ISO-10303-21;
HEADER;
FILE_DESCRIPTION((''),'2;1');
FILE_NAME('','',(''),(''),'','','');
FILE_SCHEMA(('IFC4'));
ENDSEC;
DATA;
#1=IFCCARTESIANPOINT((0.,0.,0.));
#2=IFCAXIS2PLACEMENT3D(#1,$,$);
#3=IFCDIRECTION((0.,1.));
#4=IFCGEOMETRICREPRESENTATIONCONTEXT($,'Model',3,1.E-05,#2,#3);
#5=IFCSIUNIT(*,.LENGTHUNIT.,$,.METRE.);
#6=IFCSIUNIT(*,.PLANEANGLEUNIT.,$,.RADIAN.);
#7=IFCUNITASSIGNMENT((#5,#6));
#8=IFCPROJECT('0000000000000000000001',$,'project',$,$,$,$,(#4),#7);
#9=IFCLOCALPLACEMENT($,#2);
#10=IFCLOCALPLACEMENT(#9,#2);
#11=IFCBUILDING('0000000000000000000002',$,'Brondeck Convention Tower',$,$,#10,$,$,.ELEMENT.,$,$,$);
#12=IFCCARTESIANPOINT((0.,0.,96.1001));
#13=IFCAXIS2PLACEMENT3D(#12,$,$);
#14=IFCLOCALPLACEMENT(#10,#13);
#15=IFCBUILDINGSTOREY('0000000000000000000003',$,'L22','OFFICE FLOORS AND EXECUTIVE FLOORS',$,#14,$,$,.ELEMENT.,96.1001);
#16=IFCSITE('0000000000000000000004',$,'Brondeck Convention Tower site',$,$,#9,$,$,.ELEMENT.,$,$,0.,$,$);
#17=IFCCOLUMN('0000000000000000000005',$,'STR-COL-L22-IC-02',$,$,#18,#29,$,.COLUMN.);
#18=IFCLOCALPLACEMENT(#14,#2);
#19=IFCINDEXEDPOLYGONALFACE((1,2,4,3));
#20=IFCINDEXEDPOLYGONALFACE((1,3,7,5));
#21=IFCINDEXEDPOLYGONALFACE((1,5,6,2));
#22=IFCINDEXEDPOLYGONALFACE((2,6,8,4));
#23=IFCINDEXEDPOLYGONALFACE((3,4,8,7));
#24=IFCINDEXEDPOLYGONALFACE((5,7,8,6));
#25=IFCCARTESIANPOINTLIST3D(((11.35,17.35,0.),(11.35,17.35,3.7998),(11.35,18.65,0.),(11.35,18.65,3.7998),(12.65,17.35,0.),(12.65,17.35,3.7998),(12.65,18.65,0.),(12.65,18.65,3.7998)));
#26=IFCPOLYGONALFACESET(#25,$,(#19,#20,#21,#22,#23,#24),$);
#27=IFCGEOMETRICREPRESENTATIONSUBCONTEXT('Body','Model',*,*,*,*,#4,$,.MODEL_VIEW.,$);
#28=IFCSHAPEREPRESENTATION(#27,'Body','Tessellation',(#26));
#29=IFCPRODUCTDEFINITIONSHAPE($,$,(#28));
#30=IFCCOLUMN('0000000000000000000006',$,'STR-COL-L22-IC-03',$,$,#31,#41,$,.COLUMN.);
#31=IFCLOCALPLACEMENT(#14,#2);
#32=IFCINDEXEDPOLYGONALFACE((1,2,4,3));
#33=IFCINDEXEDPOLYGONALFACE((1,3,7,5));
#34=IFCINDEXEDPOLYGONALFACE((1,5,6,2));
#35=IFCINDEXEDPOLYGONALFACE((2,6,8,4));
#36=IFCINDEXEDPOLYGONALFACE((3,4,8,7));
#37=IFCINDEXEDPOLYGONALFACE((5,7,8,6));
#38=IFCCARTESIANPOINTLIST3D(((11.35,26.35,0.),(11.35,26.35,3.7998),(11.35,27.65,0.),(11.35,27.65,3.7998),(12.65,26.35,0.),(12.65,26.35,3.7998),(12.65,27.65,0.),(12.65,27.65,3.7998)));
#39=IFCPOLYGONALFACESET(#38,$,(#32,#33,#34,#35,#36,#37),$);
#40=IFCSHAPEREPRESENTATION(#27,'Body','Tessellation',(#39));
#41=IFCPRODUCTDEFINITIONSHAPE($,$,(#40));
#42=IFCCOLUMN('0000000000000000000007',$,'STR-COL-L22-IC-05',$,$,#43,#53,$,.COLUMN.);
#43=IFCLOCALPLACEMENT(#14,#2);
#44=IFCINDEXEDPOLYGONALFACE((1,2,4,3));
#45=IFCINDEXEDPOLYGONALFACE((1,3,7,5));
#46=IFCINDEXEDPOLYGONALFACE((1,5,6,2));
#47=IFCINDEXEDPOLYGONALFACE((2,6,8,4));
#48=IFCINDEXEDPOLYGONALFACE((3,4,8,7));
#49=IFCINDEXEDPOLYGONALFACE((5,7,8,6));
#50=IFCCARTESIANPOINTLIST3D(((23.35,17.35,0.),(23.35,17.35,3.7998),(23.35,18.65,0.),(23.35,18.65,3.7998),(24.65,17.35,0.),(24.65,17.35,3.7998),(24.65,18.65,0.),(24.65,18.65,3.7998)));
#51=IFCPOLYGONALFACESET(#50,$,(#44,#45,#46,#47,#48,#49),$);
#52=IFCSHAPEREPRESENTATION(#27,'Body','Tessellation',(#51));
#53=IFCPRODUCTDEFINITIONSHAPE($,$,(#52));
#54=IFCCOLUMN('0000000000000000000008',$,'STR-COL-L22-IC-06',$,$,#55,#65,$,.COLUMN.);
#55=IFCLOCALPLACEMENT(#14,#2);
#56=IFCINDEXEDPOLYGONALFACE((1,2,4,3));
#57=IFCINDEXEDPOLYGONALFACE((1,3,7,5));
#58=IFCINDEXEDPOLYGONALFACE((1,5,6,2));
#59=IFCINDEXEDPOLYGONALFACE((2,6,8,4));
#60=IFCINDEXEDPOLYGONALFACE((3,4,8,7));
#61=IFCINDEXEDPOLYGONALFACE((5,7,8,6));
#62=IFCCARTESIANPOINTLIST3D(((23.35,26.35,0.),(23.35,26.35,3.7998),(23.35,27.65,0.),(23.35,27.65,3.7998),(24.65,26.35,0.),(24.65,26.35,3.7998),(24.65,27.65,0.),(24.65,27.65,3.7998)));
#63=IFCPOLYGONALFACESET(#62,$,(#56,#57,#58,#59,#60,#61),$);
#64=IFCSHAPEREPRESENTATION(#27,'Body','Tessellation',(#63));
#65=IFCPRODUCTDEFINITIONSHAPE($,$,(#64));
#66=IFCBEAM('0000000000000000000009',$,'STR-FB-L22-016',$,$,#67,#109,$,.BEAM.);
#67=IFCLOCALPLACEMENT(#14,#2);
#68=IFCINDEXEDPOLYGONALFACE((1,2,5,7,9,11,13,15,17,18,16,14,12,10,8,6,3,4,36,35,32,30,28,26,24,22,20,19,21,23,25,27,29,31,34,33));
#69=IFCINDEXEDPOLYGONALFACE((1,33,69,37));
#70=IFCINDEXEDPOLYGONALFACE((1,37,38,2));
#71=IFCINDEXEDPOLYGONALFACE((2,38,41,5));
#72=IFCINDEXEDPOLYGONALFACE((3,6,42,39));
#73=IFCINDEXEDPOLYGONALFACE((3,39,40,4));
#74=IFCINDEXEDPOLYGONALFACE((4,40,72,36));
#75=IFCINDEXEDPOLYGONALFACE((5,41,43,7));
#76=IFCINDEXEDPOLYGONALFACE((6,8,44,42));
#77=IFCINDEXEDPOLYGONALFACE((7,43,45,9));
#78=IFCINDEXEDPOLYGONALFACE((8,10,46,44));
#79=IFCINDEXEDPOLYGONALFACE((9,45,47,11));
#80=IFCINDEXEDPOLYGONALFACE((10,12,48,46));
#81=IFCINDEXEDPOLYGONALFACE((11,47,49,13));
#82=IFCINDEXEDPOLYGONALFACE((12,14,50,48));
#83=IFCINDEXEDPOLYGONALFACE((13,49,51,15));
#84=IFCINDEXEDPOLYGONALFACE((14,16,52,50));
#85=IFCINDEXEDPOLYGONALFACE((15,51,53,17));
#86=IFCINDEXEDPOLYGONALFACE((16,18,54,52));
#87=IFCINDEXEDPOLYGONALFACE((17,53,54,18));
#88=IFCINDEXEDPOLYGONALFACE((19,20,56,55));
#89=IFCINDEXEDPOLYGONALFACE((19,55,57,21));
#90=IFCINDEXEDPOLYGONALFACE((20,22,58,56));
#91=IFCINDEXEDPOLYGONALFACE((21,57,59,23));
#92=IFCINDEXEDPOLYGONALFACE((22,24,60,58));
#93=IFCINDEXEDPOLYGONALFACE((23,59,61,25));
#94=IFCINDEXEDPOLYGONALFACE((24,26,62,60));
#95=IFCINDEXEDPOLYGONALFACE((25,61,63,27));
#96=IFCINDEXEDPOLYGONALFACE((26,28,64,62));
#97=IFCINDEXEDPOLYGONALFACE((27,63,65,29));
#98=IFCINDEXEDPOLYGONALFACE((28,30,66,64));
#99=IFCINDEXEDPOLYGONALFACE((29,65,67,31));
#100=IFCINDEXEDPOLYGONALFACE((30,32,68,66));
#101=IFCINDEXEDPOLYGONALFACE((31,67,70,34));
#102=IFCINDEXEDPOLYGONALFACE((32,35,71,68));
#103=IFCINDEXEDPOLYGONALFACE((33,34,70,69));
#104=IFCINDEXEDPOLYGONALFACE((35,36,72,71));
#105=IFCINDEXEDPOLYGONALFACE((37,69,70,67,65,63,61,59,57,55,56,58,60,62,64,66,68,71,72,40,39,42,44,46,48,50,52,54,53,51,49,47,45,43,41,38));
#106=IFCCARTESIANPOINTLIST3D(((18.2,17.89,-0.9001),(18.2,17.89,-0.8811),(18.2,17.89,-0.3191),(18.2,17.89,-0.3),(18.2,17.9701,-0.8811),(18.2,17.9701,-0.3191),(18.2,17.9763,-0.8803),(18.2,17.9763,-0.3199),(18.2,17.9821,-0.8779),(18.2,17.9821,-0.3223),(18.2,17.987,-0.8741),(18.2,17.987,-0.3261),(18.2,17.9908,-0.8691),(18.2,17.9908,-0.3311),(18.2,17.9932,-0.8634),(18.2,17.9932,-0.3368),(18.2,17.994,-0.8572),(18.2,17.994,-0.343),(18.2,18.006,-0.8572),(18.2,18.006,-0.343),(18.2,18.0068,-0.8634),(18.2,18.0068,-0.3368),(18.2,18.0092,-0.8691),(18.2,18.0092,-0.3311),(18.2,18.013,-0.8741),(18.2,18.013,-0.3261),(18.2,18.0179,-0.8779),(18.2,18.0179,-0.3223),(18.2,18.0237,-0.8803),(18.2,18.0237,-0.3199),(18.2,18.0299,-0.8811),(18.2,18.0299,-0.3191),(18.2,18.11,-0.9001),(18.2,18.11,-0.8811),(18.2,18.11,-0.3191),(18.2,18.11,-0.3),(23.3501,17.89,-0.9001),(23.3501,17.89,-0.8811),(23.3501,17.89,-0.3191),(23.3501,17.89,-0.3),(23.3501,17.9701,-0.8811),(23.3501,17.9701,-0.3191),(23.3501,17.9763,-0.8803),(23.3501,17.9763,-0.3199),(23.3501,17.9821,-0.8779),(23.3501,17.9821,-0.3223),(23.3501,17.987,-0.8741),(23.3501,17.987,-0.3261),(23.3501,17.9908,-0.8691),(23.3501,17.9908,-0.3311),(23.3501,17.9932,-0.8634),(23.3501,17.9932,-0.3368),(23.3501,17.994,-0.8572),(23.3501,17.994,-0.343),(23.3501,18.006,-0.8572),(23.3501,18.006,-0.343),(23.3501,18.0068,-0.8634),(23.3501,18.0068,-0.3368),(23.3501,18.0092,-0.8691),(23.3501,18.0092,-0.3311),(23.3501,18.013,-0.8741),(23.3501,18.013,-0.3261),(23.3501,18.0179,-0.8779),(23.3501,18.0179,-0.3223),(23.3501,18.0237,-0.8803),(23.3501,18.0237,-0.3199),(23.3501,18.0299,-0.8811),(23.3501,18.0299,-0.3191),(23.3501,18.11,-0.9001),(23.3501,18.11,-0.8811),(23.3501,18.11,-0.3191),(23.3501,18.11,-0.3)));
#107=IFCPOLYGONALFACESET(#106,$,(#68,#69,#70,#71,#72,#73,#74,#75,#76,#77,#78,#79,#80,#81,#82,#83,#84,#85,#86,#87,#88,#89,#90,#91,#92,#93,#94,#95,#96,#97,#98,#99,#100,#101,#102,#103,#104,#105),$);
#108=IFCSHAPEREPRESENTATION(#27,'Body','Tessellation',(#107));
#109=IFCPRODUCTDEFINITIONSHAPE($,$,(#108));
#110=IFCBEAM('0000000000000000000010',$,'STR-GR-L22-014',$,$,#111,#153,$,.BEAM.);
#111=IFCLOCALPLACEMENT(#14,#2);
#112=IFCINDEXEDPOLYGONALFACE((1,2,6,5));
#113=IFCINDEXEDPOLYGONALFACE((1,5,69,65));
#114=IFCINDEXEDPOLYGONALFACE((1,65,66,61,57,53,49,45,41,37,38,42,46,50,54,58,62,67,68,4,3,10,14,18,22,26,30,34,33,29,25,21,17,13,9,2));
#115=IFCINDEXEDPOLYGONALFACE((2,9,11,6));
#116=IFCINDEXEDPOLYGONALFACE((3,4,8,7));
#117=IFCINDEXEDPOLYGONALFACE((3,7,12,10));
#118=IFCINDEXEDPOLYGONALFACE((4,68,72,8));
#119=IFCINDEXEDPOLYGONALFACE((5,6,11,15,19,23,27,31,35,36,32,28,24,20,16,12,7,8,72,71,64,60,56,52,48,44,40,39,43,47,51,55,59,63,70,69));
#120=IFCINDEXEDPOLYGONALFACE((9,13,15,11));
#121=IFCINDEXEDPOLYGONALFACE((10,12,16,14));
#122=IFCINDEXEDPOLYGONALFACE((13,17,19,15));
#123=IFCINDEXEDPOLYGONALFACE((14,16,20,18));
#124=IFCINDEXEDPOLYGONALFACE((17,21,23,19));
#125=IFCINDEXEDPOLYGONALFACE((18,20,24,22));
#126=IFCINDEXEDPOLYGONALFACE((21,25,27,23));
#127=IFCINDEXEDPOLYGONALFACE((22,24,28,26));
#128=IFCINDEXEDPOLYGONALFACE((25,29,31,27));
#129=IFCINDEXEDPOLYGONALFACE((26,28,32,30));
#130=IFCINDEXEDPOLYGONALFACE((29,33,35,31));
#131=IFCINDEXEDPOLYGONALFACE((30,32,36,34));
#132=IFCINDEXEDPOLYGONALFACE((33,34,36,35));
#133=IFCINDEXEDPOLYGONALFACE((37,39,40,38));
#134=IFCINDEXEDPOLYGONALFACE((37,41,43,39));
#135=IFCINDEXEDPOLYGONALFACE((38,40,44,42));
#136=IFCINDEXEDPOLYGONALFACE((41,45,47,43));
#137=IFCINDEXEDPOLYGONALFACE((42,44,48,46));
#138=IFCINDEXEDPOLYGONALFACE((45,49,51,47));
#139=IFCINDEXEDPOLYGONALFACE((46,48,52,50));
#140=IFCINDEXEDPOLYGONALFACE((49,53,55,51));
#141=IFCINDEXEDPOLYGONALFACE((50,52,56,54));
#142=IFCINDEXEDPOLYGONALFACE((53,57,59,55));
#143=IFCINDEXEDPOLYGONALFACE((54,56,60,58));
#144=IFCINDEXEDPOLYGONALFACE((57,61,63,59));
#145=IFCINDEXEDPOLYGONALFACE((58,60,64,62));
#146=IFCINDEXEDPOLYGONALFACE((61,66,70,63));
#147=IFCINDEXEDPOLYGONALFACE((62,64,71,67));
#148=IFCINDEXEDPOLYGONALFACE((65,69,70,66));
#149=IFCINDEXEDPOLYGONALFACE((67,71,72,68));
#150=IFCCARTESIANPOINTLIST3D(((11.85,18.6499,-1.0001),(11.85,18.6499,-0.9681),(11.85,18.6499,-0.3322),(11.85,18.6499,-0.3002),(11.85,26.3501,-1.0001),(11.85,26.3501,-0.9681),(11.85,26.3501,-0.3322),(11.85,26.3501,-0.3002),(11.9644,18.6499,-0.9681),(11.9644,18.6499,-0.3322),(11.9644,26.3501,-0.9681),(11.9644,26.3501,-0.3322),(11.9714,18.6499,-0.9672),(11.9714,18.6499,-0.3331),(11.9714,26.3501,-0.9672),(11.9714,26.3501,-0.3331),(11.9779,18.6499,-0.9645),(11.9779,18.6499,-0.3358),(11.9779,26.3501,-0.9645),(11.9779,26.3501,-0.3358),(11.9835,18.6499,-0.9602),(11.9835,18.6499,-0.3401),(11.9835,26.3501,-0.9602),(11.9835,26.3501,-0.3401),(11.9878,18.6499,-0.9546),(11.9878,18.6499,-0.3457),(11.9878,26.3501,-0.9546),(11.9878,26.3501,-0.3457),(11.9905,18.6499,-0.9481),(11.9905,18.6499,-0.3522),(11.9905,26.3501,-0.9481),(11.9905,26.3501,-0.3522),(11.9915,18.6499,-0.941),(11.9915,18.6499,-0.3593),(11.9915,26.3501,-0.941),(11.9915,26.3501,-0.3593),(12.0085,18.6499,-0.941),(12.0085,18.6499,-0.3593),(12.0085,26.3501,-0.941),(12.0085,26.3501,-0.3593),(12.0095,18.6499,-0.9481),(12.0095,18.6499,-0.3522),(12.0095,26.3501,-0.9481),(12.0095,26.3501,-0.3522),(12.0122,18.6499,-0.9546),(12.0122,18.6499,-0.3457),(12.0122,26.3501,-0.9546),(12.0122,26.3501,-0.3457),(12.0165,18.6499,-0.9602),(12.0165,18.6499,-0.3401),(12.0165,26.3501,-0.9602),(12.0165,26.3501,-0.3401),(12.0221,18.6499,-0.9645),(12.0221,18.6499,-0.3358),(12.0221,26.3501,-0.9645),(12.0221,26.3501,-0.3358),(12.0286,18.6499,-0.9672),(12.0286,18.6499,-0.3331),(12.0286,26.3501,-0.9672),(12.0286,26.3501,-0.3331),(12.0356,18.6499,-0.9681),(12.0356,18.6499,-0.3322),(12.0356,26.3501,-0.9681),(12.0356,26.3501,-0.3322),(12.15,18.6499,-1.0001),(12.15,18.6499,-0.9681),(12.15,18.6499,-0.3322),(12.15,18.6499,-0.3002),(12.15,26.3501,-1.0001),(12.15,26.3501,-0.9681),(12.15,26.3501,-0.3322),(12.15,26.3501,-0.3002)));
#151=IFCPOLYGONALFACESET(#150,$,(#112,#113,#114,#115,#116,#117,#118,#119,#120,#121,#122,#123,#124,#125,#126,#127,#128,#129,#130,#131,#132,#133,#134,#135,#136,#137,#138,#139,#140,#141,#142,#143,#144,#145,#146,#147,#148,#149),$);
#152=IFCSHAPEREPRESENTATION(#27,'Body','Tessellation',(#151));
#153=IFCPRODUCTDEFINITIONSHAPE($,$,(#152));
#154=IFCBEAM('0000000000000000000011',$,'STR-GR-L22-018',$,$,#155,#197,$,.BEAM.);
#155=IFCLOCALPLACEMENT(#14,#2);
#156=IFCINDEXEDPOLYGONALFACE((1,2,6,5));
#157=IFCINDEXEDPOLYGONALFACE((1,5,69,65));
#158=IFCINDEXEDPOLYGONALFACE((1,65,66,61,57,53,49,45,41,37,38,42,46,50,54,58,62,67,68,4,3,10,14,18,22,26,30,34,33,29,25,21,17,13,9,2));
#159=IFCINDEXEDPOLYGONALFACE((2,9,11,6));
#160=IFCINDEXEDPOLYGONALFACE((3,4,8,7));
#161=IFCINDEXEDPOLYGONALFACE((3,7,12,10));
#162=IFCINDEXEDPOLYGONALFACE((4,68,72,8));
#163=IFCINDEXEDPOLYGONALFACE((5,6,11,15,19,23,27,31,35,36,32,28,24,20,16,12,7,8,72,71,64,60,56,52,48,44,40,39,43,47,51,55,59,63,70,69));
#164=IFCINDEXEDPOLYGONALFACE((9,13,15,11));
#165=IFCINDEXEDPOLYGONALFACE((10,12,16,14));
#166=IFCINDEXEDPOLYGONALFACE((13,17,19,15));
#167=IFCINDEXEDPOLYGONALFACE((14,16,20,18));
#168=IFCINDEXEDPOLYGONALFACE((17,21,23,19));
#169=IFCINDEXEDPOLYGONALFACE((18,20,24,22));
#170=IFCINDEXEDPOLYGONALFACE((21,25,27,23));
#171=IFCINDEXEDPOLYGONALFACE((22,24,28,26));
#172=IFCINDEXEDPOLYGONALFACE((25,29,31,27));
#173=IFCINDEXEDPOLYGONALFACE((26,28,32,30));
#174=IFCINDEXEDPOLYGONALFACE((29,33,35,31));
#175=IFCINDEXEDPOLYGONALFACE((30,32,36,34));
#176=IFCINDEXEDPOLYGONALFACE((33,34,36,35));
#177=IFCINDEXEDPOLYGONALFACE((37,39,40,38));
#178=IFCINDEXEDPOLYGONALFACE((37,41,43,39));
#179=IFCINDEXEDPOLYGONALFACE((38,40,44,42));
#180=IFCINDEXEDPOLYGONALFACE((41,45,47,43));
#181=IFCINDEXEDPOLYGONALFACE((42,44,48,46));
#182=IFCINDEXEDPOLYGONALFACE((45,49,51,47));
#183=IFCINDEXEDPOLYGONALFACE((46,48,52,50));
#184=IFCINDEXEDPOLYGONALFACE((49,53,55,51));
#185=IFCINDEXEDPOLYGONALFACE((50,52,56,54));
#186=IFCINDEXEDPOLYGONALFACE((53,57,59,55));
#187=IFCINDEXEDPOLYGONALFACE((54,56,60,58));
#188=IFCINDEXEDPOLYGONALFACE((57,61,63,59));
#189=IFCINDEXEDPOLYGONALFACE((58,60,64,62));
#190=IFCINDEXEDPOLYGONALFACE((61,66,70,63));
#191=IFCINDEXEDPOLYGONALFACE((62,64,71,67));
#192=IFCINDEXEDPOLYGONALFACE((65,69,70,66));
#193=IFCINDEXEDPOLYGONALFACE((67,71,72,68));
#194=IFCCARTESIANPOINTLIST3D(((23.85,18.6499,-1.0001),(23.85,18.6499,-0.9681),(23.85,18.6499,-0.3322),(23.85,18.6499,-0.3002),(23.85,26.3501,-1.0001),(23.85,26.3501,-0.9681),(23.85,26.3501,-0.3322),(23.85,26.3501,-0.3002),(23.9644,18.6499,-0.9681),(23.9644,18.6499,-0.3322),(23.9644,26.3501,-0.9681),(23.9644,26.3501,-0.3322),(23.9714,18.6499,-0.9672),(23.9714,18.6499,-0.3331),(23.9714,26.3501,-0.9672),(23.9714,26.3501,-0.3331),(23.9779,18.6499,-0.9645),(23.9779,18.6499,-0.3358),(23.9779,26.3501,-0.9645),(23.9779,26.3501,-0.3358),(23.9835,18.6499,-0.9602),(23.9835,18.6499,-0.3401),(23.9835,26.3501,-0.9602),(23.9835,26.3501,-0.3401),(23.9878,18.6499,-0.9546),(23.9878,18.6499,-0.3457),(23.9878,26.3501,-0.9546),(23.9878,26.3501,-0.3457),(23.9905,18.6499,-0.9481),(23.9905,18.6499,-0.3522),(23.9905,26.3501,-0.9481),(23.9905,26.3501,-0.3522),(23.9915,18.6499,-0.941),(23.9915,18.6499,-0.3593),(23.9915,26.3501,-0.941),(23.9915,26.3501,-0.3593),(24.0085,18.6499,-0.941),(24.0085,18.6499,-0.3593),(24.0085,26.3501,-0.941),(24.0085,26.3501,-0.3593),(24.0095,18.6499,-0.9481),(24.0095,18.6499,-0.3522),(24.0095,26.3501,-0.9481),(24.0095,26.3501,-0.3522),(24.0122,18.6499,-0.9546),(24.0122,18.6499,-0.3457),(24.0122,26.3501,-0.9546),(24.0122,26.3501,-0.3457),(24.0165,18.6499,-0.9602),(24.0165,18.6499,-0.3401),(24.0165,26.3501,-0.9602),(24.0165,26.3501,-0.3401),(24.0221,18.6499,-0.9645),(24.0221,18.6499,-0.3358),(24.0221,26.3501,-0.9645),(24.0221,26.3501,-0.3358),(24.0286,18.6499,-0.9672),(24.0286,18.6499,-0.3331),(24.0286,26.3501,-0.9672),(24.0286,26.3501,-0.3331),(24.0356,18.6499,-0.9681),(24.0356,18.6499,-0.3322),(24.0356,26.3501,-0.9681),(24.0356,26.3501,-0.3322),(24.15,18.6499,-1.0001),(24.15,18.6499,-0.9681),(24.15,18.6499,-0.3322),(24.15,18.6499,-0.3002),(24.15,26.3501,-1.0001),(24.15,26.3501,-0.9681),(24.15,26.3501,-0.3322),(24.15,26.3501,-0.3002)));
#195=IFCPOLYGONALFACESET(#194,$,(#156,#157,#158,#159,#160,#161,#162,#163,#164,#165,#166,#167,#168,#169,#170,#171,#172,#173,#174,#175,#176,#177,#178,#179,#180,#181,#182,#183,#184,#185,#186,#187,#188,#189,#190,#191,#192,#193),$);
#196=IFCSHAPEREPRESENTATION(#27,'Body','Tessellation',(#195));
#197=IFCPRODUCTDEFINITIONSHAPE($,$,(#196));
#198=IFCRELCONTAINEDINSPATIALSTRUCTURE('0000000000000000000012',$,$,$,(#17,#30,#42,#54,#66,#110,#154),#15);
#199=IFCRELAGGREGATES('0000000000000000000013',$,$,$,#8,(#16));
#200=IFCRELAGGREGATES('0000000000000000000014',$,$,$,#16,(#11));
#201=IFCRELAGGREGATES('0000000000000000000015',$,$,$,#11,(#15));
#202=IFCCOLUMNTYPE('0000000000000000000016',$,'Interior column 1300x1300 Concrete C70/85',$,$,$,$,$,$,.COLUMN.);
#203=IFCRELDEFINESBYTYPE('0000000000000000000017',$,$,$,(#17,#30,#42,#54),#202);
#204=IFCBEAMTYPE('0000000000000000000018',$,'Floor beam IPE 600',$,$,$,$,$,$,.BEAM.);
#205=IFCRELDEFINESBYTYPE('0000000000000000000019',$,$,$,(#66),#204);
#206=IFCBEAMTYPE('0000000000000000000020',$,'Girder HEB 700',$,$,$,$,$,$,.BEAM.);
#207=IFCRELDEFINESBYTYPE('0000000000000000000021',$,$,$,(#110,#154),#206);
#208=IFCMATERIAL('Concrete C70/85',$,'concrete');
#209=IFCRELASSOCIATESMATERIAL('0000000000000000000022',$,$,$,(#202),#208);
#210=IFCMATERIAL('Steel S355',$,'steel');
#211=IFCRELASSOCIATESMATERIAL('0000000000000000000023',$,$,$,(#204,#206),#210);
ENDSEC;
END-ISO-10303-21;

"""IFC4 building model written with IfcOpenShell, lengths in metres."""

from ifc_helpers import new_model, si_unit, direction, frame, origin, origin_2d, place, context, subcontext, project, spatial, rectangle, i_section, extrude, material, material_profile, profile_set, type_object, element, save


model = new_model("IFC4")

# Units and contexts
model_context = context("Model", 3, precision=1e-05, world=origin(), true_north=direction((0.0, 1.0)))
body_context = subcontext(model_context, "Body", "Model", "MODEL_VIEW")
ifc_project = project(units=[si_unit("LENGTHUNIT", "METRE"), si_unit("PLANEANGLEUNIT", "RADIAN")], contexts=[model_context])

# Site, building, storey
site_placement = place(None, origin())
site = spatial("IfcSite", under=ifc_project, at=site_placement, Name="Brondeck Convention Tower site", CompositionType="ELEMENT", RefElevation=0.0)
building_placement = place(site_placement, origin())
building = spatial("IfcBuilding", under=site, at=building_placement, Name="Brondeck Convention Tower", CompositionType="ELEMENT")
storey_placement = place(building_placement, frame((0.0, 0.0, 96.1001)))
storey = spatial("IfcBuildingStorey", under=building, at=storey_placement, Name="L22", Description="OFFICE FLOORS AND EXECUTIVE FLOORS", CompositionType="ELEMENT", Elevation=96.1001)

# Columns
ifc_material_1 = material(Name="Concrete C70/85", Category="concrete")
ifc_material_profile_1 = material_profile(ifc_material_1, rectangle(XDim=1.3, YDim=1.3, at=origin_2d()), Name="Interior column 1300x1300 Concrete C70/85")
ifc_profile_set_1 = profile_set([ifc_material_profile_1], Name="Concrete C70/85")
column_type = type_object("IfcColumnType", Name="Interior column 1300x1300 Concrete C70/85", PredefinedType="COLUMN", material=ifc_profile_set_1)
for number, where, z_axis, x_axis, name in (
    (1, (12.0, 18.0, 0.0), (0.0, 0.0, 1.0), (1.0, 0.0, 0.0), "STR-COL-L22-IC-02"),
    (2, (12.0, 27.0, 0.0), (0.0, 0.0, 1.0), (1.0, 0.0, 0.0), "STR-COL-L22-IC-03"),
    (3, (24.0, 18.0, 0.0), (0.0, 0.0, 1.0), (1.0, 0.0, 0.0), "STR-COL-L22-IC-05"),
    (4, (24.0, 27.0, 0.0), (0.0, 0.0, 1.0), (1.0, 0.0, 0.0), "STR-COL-L22-IC-06"),
):
    element("IfcColumn", number, at=place(storey_placement, frame(where, z_axis=z_axis, x_axis=x_axis)), inside=storey, type_object=column_type, Name=name, PredefinedType="COLUMN", context=body_context, shape_type="SweptSolid", body=[
        extrude(rectangle(XDim=1.3, YDim=1.3, at=origin_2d()), origin(), (0.0, 0.0, 1.0), 3.7998),
    ])

# Beams
ifc_material_2 = material(Name="Steel S355", Category="steel")
ifc_material_profile_2 = material_profile(ifc_material_2, i_section(OverallWidth=0.22, OverallDepth=0.6001, WebThickness=0.012, FlangeThickness=0.019, FilletRadius=0.0239, at=origin_2d()), Name="IPE 600")
ifc_profile_set_2 = profile_set([ifc_material_profile_2], Name="Steel S355")
beam_type_1 = type_object("IfcBeamType", Name="Floor beam IPE 600", PredefinedType="BEAM", material=ifc_profile_set_2)
beam_1_placement = place(storey_placement, frame((18.2, 18.0, -0.6001), z_axis=(1.0, 0.0, 0.0), x_axis=(0.0, 1.0, 0.0)))
element("IfcBeam", 5, at=beam_1_placement, inside=storey, type_object=beam_type_1, Name="STR-FB-L22-016", PredefinedType="BEAM", context=body_context, shape_type="SweptSolid", body=[
    extrude(i_section(OverallWidth=0.22, OverallDepth=0.6001, WebThickness=0.012, FlangeThickness=0.019, FilletRadius=0.0239, at=origin_2d()), origin(), (0.0, 0.0, 1.0), 5.1501),
])
ifc_material_profile_3 = material_profile(ifc_material_2, i_section(OverallWidth=0.3, OverallDepth=0.7, WebThickness=0.0171, FlangeThickness=0.032, FilletRadius=0.0271, at=origin_2d()), Name="HEB 700")
ifc_profile_set_3 = profile_set([ifc_material_profile_3], Name="Steel S355")
beam_type_2 = type_object("IfcBeamType", Name="Girder HEB 700", PredefinedType="BEAM", material=ifc_profile_set_3)
for number, where, z_axis, x_axis, name in (
    (6, (12.0, 26.3501, -0.6501), (0.0, -1.0, 0.0), (1.0, 0.0, 0.0), "STR-GR-L22-014"),
    (7, (24.0, 26.3501, -0.6501), (0.0, -1.0, 0.0), (1.0, 0.0, 0.0), "STR-GR-L22-018"),
):
    element("IfcBeam", number, at=place(storey_placement, frame(where, z_axis=z_axis, x_axis=x_axis)), inside=storey, type_object=beam_type_2, Name=name, PredefinedType="BEAM", context=body_context, shape_type="SweptSolid", body=[
        extrude(i_section(OverallWidth=0.3, OverallDepth=0.7, WebThickness=0.0171, FlangeThickness=0.032, FilletRadius=0.0271, at=origin_2d()), origin(), (0.0, 0.0, 1.0), 7.7002),
    ])

save(model, "model.ifc")
